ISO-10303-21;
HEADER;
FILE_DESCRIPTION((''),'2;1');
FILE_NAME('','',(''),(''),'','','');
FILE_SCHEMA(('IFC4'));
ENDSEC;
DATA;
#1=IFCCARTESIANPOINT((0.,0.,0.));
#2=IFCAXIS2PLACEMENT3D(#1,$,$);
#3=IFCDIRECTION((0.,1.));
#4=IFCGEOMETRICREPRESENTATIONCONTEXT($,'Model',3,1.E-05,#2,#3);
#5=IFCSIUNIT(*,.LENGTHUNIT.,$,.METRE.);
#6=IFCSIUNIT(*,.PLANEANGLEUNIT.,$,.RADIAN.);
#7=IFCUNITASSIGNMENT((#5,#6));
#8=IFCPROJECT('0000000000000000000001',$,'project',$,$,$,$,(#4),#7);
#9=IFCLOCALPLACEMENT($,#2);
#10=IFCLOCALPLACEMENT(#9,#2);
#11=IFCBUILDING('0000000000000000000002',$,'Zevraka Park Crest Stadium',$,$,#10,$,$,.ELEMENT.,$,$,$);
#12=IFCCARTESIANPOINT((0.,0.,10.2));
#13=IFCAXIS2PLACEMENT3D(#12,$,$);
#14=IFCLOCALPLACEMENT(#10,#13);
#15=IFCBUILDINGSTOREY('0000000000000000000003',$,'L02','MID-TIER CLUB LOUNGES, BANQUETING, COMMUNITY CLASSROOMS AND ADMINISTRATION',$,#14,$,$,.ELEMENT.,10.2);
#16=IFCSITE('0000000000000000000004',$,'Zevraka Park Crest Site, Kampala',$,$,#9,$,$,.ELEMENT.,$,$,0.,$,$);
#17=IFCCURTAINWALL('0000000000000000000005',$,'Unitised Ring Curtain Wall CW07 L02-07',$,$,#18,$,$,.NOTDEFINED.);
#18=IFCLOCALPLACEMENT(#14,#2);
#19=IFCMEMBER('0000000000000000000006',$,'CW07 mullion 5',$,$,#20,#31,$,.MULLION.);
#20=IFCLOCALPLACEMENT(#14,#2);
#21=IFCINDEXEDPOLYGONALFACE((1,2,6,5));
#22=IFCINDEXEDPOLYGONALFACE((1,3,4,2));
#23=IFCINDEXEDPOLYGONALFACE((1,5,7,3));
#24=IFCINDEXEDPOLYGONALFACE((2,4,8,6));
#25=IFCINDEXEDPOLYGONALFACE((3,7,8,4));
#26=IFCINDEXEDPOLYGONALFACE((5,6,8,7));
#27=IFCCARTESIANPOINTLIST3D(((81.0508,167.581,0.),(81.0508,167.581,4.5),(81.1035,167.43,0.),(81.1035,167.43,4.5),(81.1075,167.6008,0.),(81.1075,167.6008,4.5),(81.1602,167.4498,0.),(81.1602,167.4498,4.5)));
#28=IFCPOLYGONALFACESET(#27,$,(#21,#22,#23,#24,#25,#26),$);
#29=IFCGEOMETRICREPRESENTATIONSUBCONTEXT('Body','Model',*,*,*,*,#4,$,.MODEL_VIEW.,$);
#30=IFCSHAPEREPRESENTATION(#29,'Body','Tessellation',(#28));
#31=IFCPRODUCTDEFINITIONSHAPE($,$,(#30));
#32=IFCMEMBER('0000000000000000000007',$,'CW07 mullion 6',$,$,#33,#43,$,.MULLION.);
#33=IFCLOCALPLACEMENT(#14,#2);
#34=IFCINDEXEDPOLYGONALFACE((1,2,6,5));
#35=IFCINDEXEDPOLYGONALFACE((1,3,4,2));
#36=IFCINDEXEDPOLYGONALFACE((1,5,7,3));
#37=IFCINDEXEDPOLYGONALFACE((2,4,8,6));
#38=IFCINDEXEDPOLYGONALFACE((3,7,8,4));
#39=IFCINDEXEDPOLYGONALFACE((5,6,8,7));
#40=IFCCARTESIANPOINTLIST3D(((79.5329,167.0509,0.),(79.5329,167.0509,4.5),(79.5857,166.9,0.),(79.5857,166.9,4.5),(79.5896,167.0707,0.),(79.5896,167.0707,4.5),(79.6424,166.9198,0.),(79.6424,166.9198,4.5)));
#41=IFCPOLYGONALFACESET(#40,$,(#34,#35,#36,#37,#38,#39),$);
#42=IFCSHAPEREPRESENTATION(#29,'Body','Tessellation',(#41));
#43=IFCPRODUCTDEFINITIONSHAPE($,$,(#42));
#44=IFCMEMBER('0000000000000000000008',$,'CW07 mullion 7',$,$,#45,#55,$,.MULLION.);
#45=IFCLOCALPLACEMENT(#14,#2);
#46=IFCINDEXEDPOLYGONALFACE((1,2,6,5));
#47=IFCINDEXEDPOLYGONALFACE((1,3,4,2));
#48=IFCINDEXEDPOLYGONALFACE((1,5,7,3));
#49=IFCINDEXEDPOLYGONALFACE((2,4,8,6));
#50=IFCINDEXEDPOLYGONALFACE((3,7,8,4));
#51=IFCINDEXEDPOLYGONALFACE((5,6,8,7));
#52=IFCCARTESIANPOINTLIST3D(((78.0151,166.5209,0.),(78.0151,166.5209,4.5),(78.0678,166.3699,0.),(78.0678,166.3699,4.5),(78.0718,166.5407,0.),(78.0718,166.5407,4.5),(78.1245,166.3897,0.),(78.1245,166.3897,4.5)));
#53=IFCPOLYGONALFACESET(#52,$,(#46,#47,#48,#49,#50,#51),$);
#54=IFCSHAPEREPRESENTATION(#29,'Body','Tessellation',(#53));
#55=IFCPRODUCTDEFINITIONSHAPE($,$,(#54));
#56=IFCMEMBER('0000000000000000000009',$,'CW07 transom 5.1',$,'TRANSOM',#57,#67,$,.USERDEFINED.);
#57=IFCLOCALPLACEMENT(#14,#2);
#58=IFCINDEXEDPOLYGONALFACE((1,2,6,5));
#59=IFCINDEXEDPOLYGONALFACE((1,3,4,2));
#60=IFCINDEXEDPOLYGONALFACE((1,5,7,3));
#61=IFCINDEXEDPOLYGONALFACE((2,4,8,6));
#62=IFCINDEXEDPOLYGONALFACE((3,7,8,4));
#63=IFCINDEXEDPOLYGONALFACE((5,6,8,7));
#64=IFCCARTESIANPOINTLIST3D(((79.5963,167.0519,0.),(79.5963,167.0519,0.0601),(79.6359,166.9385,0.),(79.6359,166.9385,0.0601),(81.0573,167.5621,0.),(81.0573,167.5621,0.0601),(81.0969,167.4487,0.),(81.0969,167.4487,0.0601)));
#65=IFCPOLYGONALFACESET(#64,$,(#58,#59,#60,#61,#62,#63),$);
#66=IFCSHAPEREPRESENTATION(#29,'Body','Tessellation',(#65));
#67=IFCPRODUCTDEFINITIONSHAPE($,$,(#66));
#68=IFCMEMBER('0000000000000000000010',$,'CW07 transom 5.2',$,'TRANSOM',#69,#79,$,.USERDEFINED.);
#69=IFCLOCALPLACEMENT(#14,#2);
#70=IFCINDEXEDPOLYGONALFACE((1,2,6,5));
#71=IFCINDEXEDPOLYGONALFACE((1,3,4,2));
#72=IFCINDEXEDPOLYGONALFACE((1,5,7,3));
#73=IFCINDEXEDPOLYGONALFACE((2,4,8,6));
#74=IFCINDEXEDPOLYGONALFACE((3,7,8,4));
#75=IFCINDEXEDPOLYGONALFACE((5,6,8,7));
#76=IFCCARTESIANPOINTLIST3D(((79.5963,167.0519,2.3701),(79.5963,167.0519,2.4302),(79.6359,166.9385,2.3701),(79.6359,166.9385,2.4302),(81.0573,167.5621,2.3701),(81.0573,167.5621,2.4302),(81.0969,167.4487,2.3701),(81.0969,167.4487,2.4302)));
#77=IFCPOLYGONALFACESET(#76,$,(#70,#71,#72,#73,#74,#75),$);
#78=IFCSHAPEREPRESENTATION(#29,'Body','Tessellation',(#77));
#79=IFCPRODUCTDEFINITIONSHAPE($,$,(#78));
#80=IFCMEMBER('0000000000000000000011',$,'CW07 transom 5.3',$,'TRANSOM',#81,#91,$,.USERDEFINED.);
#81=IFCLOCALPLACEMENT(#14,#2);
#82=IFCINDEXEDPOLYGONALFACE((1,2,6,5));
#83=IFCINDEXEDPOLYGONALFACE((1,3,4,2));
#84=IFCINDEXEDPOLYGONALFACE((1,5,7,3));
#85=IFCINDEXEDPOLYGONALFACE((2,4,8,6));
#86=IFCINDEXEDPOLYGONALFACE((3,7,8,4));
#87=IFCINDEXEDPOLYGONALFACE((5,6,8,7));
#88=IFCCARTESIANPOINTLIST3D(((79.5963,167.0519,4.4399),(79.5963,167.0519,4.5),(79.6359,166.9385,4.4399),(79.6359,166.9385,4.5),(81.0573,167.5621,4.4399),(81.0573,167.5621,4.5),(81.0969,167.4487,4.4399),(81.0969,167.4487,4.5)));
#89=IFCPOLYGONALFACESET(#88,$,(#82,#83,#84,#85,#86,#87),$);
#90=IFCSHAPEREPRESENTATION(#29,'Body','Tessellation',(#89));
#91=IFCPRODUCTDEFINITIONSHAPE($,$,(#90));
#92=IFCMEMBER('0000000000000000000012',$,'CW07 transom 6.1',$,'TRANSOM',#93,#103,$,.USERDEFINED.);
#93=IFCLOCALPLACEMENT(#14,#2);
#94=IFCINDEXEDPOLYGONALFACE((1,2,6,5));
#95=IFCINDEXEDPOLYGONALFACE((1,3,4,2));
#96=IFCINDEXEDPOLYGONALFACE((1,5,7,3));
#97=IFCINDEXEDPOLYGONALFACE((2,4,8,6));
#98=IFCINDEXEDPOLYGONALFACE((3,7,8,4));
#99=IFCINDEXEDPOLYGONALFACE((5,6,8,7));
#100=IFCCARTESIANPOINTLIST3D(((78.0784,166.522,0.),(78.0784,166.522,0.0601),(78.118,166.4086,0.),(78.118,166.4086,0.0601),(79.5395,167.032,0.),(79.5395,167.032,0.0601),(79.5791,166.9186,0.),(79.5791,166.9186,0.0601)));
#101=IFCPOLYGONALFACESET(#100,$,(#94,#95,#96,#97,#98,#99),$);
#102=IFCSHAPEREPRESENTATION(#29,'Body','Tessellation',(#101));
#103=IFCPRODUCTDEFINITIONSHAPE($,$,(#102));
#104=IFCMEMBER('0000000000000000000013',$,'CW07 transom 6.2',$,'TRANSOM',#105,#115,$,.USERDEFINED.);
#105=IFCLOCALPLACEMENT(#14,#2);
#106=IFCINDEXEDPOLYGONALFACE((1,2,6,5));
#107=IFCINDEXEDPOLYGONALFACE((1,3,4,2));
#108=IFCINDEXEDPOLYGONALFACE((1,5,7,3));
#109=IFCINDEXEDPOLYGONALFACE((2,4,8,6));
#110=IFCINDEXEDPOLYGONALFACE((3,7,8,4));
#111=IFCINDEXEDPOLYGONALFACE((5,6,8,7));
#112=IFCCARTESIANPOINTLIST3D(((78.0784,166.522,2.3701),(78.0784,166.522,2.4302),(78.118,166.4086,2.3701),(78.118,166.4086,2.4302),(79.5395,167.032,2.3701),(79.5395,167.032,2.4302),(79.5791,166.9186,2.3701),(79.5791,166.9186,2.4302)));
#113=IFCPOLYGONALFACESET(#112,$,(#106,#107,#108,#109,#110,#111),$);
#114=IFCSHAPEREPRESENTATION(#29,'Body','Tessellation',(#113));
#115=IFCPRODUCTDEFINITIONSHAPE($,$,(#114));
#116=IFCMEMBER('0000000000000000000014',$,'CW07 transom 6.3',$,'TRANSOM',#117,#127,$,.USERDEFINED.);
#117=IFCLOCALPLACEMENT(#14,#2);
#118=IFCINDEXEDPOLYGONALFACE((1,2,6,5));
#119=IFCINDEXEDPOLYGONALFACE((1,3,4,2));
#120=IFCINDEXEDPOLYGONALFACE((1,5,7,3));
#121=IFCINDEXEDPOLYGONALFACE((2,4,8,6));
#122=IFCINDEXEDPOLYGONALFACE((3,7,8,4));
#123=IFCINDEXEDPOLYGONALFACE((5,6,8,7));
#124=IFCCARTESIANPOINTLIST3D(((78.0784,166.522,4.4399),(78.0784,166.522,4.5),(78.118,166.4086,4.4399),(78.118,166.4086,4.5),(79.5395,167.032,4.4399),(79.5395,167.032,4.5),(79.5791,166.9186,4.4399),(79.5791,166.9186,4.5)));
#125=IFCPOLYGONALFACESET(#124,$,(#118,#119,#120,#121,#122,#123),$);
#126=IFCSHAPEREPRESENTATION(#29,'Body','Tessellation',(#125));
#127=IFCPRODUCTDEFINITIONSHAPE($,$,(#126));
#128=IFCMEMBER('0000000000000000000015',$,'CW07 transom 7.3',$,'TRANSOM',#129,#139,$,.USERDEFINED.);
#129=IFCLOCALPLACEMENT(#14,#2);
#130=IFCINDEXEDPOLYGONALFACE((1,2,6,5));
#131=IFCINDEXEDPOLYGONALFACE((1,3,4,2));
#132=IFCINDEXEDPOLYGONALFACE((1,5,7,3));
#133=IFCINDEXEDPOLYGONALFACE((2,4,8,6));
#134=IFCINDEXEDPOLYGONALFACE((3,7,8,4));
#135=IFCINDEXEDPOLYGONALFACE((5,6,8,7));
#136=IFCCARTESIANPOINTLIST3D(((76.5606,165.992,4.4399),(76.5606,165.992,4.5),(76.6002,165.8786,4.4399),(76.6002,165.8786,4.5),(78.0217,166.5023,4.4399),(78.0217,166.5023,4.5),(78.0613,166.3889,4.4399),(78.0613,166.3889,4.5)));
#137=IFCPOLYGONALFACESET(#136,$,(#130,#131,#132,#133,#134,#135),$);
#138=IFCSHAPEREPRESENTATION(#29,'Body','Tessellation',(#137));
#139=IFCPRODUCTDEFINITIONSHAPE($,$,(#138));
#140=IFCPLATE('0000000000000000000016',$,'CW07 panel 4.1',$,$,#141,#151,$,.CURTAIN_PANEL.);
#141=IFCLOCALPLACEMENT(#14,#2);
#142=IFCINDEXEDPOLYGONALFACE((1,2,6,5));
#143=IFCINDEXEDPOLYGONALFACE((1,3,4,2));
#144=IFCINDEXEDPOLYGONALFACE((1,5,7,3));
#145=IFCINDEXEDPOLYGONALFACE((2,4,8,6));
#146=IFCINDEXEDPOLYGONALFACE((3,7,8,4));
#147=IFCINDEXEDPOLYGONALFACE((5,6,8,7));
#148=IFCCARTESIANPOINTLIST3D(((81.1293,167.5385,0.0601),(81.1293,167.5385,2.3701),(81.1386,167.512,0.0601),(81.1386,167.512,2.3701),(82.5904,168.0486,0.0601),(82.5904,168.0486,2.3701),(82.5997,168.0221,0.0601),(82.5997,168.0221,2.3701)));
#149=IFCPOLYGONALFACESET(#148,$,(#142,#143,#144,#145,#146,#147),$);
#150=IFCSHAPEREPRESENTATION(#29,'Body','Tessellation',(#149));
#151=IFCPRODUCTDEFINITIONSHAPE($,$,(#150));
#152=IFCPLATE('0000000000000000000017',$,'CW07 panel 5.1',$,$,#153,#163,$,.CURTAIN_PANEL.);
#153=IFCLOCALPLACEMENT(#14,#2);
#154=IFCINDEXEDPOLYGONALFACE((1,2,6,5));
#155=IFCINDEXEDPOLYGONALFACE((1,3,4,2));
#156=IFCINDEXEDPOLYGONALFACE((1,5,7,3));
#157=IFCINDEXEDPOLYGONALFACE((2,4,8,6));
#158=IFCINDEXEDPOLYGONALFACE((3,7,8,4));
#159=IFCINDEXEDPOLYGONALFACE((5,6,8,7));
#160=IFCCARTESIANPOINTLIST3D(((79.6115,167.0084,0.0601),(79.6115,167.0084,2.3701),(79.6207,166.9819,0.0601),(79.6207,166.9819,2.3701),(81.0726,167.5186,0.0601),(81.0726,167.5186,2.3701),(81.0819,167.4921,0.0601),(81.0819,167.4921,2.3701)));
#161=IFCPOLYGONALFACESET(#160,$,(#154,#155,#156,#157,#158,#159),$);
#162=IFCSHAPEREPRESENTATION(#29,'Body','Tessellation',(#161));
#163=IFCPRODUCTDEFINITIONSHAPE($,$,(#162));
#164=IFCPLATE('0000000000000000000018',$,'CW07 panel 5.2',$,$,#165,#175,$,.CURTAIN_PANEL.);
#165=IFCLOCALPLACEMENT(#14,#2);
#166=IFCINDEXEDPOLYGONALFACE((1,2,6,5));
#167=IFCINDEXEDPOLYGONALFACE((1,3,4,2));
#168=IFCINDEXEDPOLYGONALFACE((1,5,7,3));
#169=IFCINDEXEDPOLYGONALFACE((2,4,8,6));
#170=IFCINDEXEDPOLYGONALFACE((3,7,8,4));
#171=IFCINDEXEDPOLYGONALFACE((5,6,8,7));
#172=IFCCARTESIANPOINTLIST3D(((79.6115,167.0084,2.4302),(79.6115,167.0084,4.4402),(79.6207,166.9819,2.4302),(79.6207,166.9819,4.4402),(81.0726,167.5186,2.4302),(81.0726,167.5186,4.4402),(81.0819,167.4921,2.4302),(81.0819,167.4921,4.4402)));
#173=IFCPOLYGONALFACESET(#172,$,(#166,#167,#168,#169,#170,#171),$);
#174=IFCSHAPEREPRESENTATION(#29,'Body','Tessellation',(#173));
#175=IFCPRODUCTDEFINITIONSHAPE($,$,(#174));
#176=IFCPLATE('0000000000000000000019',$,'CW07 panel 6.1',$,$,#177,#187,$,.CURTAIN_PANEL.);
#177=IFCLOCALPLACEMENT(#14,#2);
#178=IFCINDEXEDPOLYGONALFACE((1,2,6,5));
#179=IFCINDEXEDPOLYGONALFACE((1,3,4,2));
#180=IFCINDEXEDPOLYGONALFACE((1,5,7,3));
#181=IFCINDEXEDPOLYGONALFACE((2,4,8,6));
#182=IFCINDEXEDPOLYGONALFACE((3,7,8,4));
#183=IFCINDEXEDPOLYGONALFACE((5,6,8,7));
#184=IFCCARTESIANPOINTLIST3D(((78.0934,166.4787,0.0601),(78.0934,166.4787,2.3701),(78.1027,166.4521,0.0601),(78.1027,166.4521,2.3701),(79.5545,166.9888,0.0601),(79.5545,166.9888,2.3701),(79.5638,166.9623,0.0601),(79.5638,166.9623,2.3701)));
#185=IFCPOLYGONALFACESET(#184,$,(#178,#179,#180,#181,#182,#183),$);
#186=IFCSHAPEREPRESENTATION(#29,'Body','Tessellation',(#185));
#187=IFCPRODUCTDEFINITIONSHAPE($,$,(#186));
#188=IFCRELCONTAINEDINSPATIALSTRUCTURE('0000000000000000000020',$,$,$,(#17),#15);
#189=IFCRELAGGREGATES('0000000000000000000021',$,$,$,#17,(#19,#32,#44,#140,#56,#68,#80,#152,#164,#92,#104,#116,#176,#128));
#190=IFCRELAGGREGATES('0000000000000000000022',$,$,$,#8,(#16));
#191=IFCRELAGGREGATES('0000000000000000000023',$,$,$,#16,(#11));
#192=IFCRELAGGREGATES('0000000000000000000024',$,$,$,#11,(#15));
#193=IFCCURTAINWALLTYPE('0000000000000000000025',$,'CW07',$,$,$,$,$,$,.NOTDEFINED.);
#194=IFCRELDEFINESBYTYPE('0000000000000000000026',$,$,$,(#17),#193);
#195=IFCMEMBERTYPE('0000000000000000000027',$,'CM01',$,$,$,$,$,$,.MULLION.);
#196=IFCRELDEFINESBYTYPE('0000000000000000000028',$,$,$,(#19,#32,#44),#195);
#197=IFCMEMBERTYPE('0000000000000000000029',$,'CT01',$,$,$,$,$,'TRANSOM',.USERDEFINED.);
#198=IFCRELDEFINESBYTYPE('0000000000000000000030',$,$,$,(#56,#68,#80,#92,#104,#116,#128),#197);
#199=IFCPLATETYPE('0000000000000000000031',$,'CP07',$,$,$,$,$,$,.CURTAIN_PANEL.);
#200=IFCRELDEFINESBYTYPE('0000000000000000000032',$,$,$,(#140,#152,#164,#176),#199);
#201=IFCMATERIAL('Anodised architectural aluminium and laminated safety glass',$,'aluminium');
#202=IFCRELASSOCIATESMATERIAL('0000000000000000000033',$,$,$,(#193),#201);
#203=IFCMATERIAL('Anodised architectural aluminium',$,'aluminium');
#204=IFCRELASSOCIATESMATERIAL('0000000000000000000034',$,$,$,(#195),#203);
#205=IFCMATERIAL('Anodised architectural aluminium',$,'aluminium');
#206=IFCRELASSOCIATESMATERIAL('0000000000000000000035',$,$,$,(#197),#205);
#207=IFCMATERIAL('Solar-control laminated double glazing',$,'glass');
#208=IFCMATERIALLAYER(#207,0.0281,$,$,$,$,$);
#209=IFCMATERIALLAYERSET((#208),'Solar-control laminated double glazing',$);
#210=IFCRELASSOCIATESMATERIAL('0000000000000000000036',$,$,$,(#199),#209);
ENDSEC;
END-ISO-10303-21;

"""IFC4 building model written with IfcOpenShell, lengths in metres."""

from ifc_helpers import new_model, si_unit, direction, frame, origin, origin_2d, place, context, subcontext, project, spatial, rectangle, extrude, material, layer, layer_set, material_profile, profile_set, type_object, element, aggregate, save


model = new_model("IFC4")

# Units and contexts
model_context = context("Model", 3, precision=1e-05, world=origin(), true_north=direction((0.0, 1.0)))
body_context = subcontext(model_context, "Body", "Model", "MODEL_VIEW")
ifc_project = project(units=[si_unit("LENGTHUNIT", "METRE"), si_unit("PLANEANGLEUNIT", "RADIAN")], contexts=[model_context])

# Site, building, storey
site_placement = place(None, origin())
site = spatial("IfcSite", under=ifc_project, at=site_placement, Name="Zevraka Park Crest Site, Kampala", CompositionType="ELEMENT", RefElevation=0.0)
building_placement = place(site_placement, origin())
building = spatial("IfcBuilding", under=site, at=building_placement, Name="Zevraka Park Crest Stadium", CompositionType="ELEMENT")
storey_placement = place(building_placement, frame((0.0, 0.0, 10.2)))
storey = spatial("IfcBuildingStorey", under=building, at=storey_placement, Name="L02", Description="MID-TIER CLUB LOUNGES, BANQUETING, COMMUNITY CLASSROOMS AND ADMINISTRATION", CompositionType="ELEMENT", Elevation=10.2)

# Curtain wall, members, plates
ifc_material_1 = material(Name="Anodised architectural aluminium and laminated safety glass", Category="aluminium")
curtain_wall_type = type_object("IfcCurtainWallType", Name="CW07", PredefinedType="NOTDEFINED", material=ifc_material_1)
curtain_wall_placement = place(storey_placement, origin())
curtain_wall = element("IfcCurtainWall", 1, at=curtain_wall_placement, inside=storey, type_object=curtain_wall_type, Name="Unitised Ring Curtain Wall CW07 L02-07", PredefinedType="NOTDEFINED")
ifc_material_2 = material(Name="Anodised architectural aluminium", Category="aluminium")
ifc_material_profile_1 = material_profile(ifc_material_2, rectangle(XDim=0.1599, YDim=0.0601, at=origin_2d()), Name="ALU MULLION 160x60")
ifc_profile_set_1 = profile_set([ifc_material_profile_1], Name="Anodised architectural aluminium")
member_type_1 = type_object("IfcMemberType", Name="CM01", PredefinedType="MULLION", material=ifc_profile_set_1)
member_1_placement = place(storey_placement, frame((81.1055, 167.5154, 0.0), z_axis=(0.0, 0.0, 1.0), x_axis=(0.329619, -0.944114, 0.0)))
member_1 = element("IfcMember", 2, at=member_1_placement, type_object=member_type_1, Name="CW07 mullion 5", PredefinedType="MULLION", context=body_context, shape_type="SweptSolid", body=[
    extrude(rectangle(XDim=0.1599, YDim=0.0601, at=origin_2d()), origin(), (0.0, 0.0, 1.0), 4.5),
])
member_2_placement = place(storey_placement, frame((79.5876, 166.9854, 0.0), z_axis=(0.0, 0.0, 1.0), x_axis=(0.329619, -0.944114, 0.0)))
member_2 = element("IfcMember", 3, at=member_2_placement, type_object=member_type_1, Name="CW07 mullion 6", PredefinedType="MULLION", context=body_context, shape_type="SweptSolid", body=[
    extrude(rectangle(XDim=0.1599, YDim=0.0601, at=origin_2d()), origin(), (0.0, 0.0, 1.0), 4.5),
])
member_3_placement = place(storey_placement, frame((78.0698, 166.4553, 0.0), z_axis=(0.0, 0.0, 1.0), x_axis=(0.329619, -0.944114, 0.0)))
member_3 = element("IfcMember", 4, at=member_3_placement, type_object=member_type_1, Name="CW07 mullion 7", PredefinedType="MULLION", context=body_context, shape_type="SweptSolid", body=[
    extrude(rectangle(XDim=0.1599, YDim=0.0601, at=origin_2d()), origin(), (0.0, 0.0, 1.0), 4.5),
])
ifc_material_3 = material(Name="Anodised architectural aluminium", Category="aluminium")
ifc_material_profile_2 = material_profile(ifc_material_3, rectangle(XDim=0.1201, YDim=0.0601, at=origin_2d()), Name="ALU TRANSOM 120x60")
ifc_profile_set_2 = profile_set([ifc_material_profile_2], Name="Anodised architectural aluminium")
member_type_2 = type_object("IfcMemberType", Name="CT01", ElementType="TRANSOM", PredefinedType="USERDEFINED", material=ifc_profile_set_2)
member_4_placement = place(storey_placement, frame((81.0771, 167.5054, 0.03), z_axis=(-0.944092, -0.329683, 0.0), x_axis=(0.329683, -0.944092, 0.0)))
member_4 = element("IfcMember", 5, at=member_4_placement, type_object=member_type_2, Name="CW07 transom 5.1", ObjectType="TRANSOM", PredefinedType="USERDEFINED", context=body_context, shape_type="SweptSolid", body=[
    extrude(rectangle(XDim=0.1201, YDim=0.0601, at=origin_2d()), origin(), (0.0, 0.0, 1.0), 1.5476),
])
member_5_placement = place(storey_placement, frame((81.0771, 167.5054, 2.4001), z_axis=(-0.944092, -0.329683, 0.0), x_axis=(0.329683, -0.944092, 0.0)))
member_5 = element("IfcMember", 6, at=member_5_placement, type_object=member_type_2, Name="CW07 transom 5.2", ObjectType="TRANSOM", PredefinedType="USERDEFINED", context=body_context, shape_type="SweptSolid", body=[
    extrude(rectangle(XDim=0.1201, YDim=0.0601, at=origin_2d()), origin(), (0.0, 0.0, 1.0), 1.5476),
])
member_6_placement = place(storey_placement, frame((81.0771, 167.5054, 4.47), z_axis=(-0.944092, -0.329683, 0.0), x_axis=(0.329683, -0.944092, 0.0)))
member_6 = element("IfcMember", 7, at=member_6_placement, type_object=member_type_2, Name="CW07 transom 5.3", ObjectType="TRANSOM", PredefinedType="USERDEFINED", context=body_context, shape_type="SweptSolid", body=[
    extrude(rectangle(XDim=0.1201, YDim=0.0601, at=origin_2d()), origin(), (0.0, 0.0, 1.0), 1.5476),
])
member_7_placement = place(storey_placement, frame((79.5593, 166.9753, 0.03), z_axis=(-0.944141, -0.329542, 0.0), x_axis=(0.329542, -0.944141, 0.0)))
member_7 = element("IfcMember", 8, at=member_7_placement, type_object=member_type_2, Name="CW07 transom 6.1", ObjectType="TRANSOM", PredefinedType="USERDEFINED", context=body_context, shape_type="SweptSolid", body=[
    extrude(rectangle(XDim=0.1201, YDim=0.0601, at=origin_2d()), origin(), (0.0, 0.0, 1.0), 1.5476),
])
member_8_placement = place(storey_placement, frame((79.5593, 166.9753, 2.4001), z_axis=(-0.944141, -0.329542, 0.0), x_axis=(0.329542, -0.944141, 0.0)))
member_8 = element("IfcMember", 9, at=member_8_placement, type_object=member_type_2, Name="CW07 transom 6.2", ObjectType="TRANSOM", PredefinedType="USERDEFINED", context=body_context, shape_type="SweptSolid", body=[
    extrude(rectangle(XDim=0.1201, YDim=0.0601, at=origin_2d()), origin(), (0.0, 0.0, 1.0), 1.5476),
])
member_9_placement = place(storey_placement, frame((79.5593, 166.9753, 4.47), z_axis=(-0.944141, -0.329542, 0.0), x_axis=(0.329542, -0.944141, 0.0)))
member_9 = element("IfcMember", 10, at=member_9_placement, type_object=member_type_2, Name="CW07 transom 6.3", ObjectType="TRANSOM", PredefinedType="USERDEFINED", context=body_context, shape_type="SweptSolid", body=[
    extrude(rectangle(XDim=0.1201, YDim=0.0601, at=origin_2d()), origin(), (0.0, 0.0, 1.0), 1.5476),
])
member_10_placement = place(storey_placement, frame((78.0415, 166.4456, 4.47), z_axis=(-0.944092, -0.329683, 0.0), x_axis=(0.329683, -0.944092, 0.0)))
member_10 = element("IfcMember", 11, at=member_10_placement, type_object=member_type_2, Name="CW07 transom 7.3", ObjectType="TRANSOM", PredefinedType="USERDEFINED", context=body_context, shape_type="SweptSolid", body=[
    extrude(rectangle(XDim=0.1201, YDim=0.0601, at=origin_2d()), origin(), (0.0, 0.0, 1.0), 1.5476),
])
ifc_material_4 = material(Name="Solar-control laminated double glazing", Category="glass")
ifc_layer_1 = layer(ifc_material_4, 0.0281)
ifc_layer_set_1 = layer_set([ifc_layer_1], Name="Solar-control laminated double glazing")
plate_type = type_object("IfcPlateType", Name="CP07", PredefinedType="CURTAIN_PANEL", material=ifc_layer_set_1)
plate_1_placement = place(storey_placement, frame((81.8645, 167.7803, 0.0601), z_axis=(0.0, 0.0, 1.0), x_axis=(-0.944114, -0.329619, 0.0)))
plate_1 = element("IfcPlate", 12, at=plate_1_placement, type_object=plate_type, Name="CW07 panel 4.1", PredefinedType="CURTAIN_PANEL", context=body_context, shape_type="SweptSolid", body=[
    extrude(rectangle(XDim=1.5476, YDim=0.0281, at=origin_2d()), origin(), (0.0, 0.0, 1.0), 2.3101),
])
plate_2_placement = place(storey_placement, frame((80.3467, 167.2502, 0.0601), z_axis=(0.0, 0.0, 1.0), x_axis=(-0.944114, -0.329619, 0.0)))
plate_2 = element("IfcPlate", 13, at=plate_2_placement, type_object=plate_type, Name="CW07 panel 5.1", PredefinedType="CURTAIN_PANEL", context=body_context, shape_type="SweptSolid", body=[
    extrude(rectangle(XDim=1.5476, YDim=0.0281, at=origin_2d()), origin(), (0.0, 0.0, 1.0), 2.3101),
])
plate_3_placement = place(storey_placement, frame((80.3467, 167.2502, 2.4302), z_axis=(0.0, 0.0, 1.0), x_axis=(-0.944114, -0.329619, 0.0)))
plate_3 = element("IfcPlate", 14, at=plate_3_placement, type_object=plate_type, Name="CW07 panel 5.2", PredefinedType="CURTAIN_PANEL", context=body_context, shape_type="SweptSolid", body=[
    extrude(rectangle(XDim=1.5476, YDim=0.0281, at=origin_2d()), origin(), (0.0, 0.0, 1.0), 2.01),
])
plate_4_placement = place(storey_placement, frame((78.8286, 166.7205, 0.0601), z_axis=(0.0, 0.0, 1.0), x_axis=(-0.944114, -0.329619, 0.0)))
plate_4 = element("IfcPlate", 15, at=plate_4_placement, type_object=plate_type, Name="CW07 panel 6.1", PredefinedType="CURTAIN_PANEL", context=body_context, shape_type="SweptSolid", body=[
    extrude(rectangle(XDim=1.5476, YDim=0.0281, at=origin_2d()), origin(), (0.0, 0.0, 1.0), 2.3101),
])
aggregate(curtain_wall, [member_1, member_2, member_3, plate_1, member_4, member_5, member_6, plate_2, plate_3, member_7, member_8, member_9, plate_4, member_10])

save(model, "model.ifc")
